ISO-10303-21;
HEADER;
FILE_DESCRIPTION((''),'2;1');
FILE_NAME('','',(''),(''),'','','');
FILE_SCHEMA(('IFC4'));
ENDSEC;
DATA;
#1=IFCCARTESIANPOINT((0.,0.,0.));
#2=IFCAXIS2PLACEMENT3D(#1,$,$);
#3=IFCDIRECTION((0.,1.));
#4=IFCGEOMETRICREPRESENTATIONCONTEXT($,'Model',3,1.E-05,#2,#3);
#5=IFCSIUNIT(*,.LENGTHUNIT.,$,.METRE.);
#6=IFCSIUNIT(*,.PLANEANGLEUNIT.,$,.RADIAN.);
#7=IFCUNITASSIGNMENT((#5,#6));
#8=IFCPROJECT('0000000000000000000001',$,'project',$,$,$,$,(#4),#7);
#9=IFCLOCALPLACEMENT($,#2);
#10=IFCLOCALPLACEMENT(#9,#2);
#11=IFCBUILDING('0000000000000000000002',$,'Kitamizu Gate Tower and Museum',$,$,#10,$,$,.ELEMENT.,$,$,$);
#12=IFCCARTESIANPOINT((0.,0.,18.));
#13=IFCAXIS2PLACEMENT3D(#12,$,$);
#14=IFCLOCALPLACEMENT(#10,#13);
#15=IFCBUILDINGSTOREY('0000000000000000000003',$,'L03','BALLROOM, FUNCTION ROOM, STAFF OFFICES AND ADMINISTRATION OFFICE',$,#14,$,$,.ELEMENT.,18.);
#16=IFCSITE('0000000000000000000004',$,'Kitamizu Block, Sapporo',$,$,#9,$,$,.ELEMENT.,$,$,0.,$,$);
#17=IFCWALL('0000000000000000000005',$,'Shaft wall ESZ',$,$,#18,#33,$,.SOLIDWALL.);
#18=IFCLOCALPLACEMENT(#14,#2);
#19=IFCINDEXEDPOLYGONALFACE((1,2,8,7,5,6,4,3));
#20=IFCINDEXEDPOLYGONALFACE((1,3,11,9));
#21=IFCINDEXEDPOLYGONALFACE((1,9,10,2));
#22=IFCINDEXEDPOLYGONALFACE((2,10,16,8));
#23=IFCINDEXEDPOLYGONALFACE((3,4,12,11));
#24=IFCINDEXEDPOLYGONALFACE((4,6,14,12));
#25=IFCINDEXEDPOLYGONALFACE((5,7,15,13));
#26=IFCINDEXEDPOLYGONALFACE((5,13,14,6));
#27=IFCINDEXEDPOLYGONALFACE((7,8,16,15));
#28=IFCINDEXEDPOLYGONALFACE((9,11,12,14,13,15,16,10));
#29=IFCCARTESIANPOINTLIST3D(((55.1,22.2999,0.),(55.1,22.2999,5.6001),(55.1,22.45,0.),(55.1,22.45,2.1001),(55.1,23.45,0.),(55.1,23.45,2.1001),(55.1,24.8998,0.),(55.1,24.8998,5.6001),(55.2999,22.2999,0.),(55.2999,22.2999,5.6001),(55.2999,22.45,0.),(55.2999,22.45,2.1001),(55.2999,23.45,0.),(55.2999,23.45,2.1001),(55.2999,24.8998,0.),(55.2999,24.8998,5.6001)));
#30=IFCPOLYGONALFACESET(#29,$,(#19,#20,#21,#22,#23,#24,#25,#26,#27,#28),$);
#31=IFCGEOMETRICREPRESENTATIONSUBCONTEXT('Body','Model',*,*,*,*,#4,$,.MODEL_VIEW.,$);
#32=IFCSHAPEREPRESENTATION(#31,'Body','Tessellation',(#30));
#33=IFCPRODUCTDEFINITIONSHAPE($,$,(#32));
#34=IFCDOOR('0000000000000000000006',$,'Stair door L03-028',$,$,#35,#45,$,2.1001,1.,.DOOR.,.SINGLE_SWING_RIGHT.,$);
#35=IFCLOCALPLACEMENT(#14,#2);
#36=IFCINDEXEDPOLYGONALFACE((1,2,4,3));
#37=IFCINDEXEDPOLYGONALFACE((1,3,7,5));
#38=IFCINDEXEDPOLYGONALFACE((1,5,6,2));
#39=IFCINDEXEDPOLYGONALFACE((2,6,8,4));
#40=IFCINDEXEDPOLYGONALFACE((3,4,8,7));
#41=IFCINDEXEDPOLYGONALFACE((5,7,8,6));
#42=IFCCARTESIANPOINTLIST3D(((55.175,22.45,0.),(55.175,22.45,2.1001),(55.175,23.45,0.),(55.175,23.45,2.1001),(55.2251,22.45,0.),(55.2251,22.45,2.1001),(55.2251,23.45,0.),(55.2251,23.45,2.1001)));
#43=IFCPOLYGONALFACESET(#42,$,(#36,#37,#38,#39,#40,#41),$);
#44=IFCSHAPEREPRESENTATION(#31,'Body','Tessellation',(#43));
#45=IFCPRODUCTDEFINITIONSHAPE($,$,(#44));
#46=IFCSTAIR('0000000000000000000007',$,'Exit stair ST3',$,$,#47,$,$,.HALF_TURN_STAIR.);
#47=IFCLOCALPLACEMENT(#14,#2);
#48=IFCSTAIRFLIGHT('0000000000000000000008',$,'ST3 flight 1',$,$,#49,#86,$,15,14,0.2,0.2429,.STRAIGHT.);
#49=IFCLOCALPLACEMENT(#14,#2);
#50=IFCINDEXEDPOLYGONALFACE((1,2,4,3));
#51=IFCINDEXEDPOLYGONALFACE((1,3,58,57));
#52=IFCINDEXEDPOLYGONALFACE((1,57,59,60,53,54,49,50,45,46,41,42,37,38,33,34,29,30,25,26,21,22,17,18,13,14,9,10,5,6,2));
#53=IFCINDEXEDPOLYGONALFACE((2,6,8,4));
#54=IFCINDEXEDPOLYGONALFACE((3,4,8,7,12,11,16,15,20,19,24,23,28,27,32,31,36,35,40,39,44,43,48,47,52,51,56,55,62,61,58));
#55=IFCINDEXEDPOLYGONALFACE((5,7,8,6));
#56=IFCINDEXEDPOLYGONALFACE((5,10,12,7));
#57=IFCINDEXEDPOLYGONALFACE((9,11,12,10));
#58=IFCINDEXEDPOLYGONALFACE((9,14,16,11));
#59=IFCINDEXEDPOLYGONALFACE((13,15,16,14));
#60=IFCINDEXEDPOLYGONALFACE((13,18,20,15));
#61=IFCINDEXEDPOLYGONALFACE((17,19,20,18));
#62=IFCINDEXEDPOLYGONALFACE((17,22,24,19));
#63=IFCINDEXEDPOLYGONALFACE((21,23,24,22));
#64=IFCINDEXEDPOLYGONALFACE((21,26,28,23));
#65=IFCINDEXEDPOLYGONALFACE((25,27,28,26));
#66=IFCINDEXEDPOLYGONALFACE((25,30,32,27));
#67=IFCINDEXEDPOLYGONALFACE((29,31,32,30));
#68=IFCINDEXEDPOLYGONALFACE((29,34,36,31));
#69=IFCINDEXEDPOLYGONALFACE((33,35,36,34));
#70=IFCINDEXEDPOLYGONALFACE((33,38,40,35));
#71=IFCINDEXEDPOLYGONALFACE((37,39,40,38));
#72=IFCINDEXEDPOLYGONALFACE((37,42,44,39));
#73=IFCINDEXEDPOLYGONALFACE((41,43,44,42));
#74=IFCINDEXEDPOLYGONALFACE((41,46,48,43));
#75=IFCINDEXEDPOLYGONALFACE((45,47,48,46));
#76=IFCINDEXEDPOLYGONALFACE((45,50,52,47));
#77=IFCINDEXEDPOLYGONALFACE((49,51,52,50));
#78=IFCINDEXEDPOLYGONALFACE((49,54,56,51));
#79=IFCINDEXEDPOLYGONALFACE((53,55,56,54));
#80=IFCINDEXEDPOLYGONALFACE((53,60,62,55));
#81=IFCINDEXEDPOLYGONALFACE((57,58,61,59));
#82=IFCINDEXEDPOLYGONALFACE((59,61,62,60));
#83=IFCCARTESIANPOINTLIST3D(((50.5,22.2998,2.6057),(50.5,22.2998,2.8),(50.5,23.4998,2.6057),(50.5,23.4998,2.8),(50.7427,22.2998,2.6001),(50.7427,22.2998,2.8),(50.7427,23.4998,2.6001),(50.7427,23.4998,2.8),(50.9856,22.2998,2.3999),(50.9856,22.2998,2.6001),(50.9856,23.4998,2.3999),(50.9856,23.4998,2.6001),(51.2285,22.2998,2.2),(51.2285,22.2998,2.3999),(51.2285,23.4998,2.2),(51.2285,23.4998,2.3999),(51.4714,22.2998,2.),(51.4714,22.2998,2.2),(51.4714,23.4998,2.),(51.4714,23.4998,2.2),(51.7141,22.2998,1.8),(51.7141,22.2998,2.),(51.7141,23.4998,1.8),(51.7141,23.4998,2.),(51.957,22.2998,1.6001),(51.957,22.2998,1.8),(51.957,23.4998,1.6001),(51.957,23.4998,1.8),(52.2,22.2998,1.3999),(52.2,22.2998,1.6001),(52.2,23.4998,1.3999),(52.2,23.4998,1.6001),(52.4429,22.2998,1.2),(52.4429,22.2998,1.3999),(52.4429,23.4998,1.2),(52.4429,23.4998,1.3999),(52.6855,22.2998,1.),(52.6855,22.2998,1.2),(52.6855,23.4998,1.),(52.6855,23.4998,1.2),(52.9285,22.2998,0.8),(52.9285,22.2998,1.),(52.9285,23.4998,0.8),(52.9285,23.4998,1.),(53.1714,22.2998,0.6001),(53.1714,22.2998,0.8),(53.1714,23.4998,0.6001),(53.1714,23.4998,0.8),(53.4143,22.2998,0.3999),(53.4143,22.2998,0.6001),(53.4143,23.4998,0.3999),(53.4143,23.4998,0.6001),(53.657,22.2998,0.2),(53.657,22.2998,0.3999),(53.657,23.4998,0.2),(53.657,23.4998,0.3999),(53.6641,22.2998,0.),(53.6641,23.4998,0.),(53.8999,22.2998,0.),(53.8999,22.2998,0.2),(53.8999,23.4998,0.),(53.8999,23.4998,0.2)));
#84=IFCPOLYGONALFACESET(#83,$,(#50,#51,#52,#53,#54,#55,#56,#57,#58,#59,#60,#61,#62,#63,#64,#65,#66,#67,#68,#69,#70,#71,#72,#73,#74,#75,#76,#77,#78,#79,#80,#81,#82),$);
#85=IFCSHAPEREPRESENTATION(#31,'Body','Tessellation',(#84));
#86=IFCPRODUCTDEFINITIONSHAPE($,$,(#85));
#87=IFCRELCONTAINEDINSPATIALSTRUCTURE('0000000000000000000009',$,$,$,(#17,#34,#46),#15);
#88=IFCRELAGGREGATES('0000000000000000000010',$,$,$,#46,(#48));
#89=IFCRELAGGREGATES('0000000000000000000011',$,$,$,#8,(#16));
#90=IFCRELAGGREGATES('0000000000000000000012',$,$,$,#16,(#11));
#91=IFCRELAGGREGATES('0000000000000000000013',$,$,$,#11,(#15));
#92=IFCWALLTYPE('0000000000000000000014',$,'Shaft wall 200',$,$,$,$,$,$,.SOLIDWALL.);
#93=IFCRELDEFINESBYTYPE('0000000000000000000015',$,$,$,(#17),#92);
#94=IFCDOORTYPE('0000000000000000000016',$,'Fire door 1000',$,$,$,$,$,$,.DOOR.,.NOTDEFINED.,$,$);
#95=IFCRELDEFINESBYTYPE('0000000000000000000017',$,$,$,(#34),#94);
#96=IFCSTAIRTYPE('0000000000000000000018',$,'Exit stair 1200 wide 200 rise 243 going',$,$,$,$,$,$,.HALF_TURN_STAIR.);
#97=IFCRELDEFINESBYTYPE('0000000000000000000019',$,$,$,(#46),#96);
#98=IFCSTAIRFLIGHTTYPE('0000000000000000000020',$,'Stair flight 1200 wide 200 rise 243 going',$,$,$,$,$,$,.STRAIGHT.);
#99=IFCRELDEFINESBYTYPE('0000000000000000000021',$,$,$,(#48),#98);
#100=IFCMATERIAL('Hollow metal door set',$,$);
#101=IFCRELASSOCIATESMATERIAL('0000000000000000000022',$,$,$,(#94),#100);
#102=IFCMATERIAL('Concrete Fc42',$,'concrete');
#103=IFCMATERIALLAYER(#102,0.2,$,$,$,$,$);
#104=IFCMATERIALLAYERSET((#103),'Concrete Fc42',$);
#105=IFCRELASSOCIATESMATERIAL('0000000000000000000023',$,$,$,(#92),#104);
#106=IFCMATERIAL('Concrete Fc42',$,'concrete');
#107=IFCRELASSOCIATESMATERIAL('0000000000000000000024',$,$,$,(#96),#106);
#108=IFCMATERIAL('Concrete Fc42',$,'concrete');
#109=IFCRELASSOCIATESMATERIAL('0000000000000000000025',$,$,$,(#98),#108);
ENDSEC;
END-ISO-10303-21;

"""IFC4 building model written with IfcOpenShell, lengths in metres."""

from ifc_helpers import new_model, si_unit, direction, frame, frame_2d, origin, place, context, subcontext, project, spatial, polyline, rectangle, outline, extrude, material, layer, layer_set, type_object, element, fill, aggregate, save


model = new_model("IFC4")

# Units and contexts
model_context = context("Model", 3, precision=1e-05, world=origin(), true_north=direction((0.0, 1.0)))
body_context = subcontext(model_context, "Body", "Model", "MODEL_VIEW")
ifc_project = project(units=[si_unit("LENGTHUNIT", "METRE"), si_unit("PLANEANGLEUNIT", "RADIAN")], contexts=[model_context])

# Site, building, storey
site_placement = place(None, origin())
site = spatial("IfcSite", under=ifc_project, at=site_placement, Name="Kitamizu Block, Sapporo", CompositionType="ELEMENT", RefElevation=0.0)
building_placement = place(site_placement, origin())
building = spatial("IfcBuilding", under=site, at=building_placement, Name="Kitamizu Gate Tower and Museum", CompositionType="ELEMENT")
storey_placement = place(building_placement, frame((0.0, 0.0, 18.0)))
storey = spatial("IfcBuildingStorey", under=building, at=storey_placement, Name="L03", Description="BALLROOM, FUNCTION ROOM, STAFF OFFICES AND ADMINISTRATION OFFICE", CompositionType="ELEMENT", Elevation=18.0)

# Shared definitions
ifc_material_1 = material(Name="Hollow metal door set")
door_type_1 = type_object("IfcDoorType", Name="Fire door 1000", OperationType="NOTDEFINED", PredefinedType="DOOR", material=ifc_material_1)

# Shared definitions
ifc_material_2 = material(Name="Concrete Fc42", Category="concrete")
ifc_layer_1 = layer(ifc_material_2, 0.2)
ifc_layer_set_1 = layer_set([ifc_layer_1], Name="Concrete Fc42")
wall_type_1 = type_object("IfcWallType", Name="Shaft wall 200", PredefinedType="SOLIDWALL", material=ifc_layer_set_1)

# Wall, opening, door
wall_1_placement = place(storey_placement, frame((55.2, 22.3, 0.0), z_axis=(0.0, 0.0, 1.0), x_axis=(0.0, 1.0, 0.0)))
wall_1 = element("IfcWall", 1, at=wall_1_placement, inside=storey, type_object=wall_type_1, Name="Shaft wall ESZ", PredefinedType="SOLIDWALL", context=body_context, shape_type="SweptSolid", body=[
    extrude(rectangle(XDim=2.5999, YDim=0.2, at=frame_2d((1.2998, 0.0))), origin(), (0.0, 0.0, 1.0), 5.6001),
])
opening_1_placement = place(wall_1_placement, frame((0.1499, 0.0, 0.0)))
opening_1 = element("IfcOpeningElement", 2, at=opening_1_placement, cuts=wall_1, PredefinedType="OPENING", context=body_context, shape_type="SweptSolid", body=[
    extrude(rectangle(XDim=1.0, YDim=2.1001, at=frame_2d((0.5, 1.05))), frame((0.0, 0.1099, 0.0), z_axis=(0.0, -1.0, 0.0), x_axis=(1.0, 0.0, 0.0)), (0.0, 0.0, 1.0), 0.22),
])
door_1_placement = place(opening_1_placement, origin())
door_1 = element("IfcDoor", 3, at=door_1_placement, inside=storey, type_object=door_type_1, Name="Stair door L03-028", OperationType="SINGLE_SWING_RIGHT", OverallHeight=2.1001, OverallWidth=1.0, PredefinedType="DOOR", context=body_context, shape_type="SweptSolid", body=[
    extrude(rectangle(XDim=1.0, YDim=2.1001, at=frame_2d((0.5, 1.05))), frame((0.0, 0.0249, 0.0), z_axis=(0.0, -1.0, 0.0), x_axis=(1.0, 0.0, 0.0)), (0.0, 0.0, 1.0), 0.05),
])
fill(opening_1, door_1)

# Stair, stair flight
ifc_material_3 = material(Name="Concrete Fc42", Category="concrete")
stair_type = type_object("IfcStairType", Name="Exit stair 1200 wide 200 rise 243 going", PredefinedType="HALF_TURN_STAIR", material=ifc_material_3)
stair_placement = place(storey_placement, origin())
stair = element("IfcStair", 4, at=stair_placement, inside=storey, type_object=stair_type, Name="Exit stair ST3", PredefinedType="HALF_TURN_STAIR")
ifc_material_4 = material(Name="Concrete Fc42", Category="concrete")
stair_flight_type = type_object("IfcStairFlightType", Name="Stair flight 1200 wide 200 rise 243 going", PredefinedType="STRAIGHT", material=ifc_material_4)
stair_flight_placement = place(storey_placement, frame((53.8999, 22.8999, 0.0), z_axis=(0.0, 0.0, 1.0), x_axis=(-1.0, 0.0, 0.0)))
stair_flight = element("IfcStairFlight", 5, at=stair_flight_placement, type_object=stair_flight_type, Name="ST3 flight 1", NumberOfRisers=15, NumberOfTreads=14, PredefinedType="STRAIGHT", RiserHeight=0.2, TreadLength=0.2429, context=body_context, shape_type="SweptSolid", body=[
    extrude(outline(polyline([(0.0, 0.0), (0.0, 0.2), (0.2429, 0.2), (0.2429, 0.3999), (0.4856, 0.3999), (0.4856, 0.6001), (0.7285, 0.6001), (0.7285, 0.8), (0.9714, 0.8), (0.9714, 1.0), (1.2144, 1.0), (1.2144, 1.2), (1.457, 1.2), (1.457, 1.3999), (1.7, 1.3999), (1.7, 1.6001), (1.9429, 1.6001), (1.9429, 1.8), (2.1858, 1.8), (2.1858, 2.0), (2.4285, 2.0), (2.4285, 2.2), (2.6714, 2.2), (2.6714, 2.3999), (2.9143, 2.3999), (2.9143, 2.6001), (3.1572, 2.6001), (3.1572, 2.8), (3.3999, 2.8), (3.3999, 3.0), (3.3999, 2.6057), (0.2358, 0.0), (0.0, 0.0)])), frame((0.0, 0.6001, 0.0), z_axis=(0.0, -1.0, 0.0), x_axis=(1.0, 0.0, 0.0)), (0.0, 0.0, 1.0), 1.2),
])
aggregate(stair, [stair_flight])

save(model, "model.ifc")
